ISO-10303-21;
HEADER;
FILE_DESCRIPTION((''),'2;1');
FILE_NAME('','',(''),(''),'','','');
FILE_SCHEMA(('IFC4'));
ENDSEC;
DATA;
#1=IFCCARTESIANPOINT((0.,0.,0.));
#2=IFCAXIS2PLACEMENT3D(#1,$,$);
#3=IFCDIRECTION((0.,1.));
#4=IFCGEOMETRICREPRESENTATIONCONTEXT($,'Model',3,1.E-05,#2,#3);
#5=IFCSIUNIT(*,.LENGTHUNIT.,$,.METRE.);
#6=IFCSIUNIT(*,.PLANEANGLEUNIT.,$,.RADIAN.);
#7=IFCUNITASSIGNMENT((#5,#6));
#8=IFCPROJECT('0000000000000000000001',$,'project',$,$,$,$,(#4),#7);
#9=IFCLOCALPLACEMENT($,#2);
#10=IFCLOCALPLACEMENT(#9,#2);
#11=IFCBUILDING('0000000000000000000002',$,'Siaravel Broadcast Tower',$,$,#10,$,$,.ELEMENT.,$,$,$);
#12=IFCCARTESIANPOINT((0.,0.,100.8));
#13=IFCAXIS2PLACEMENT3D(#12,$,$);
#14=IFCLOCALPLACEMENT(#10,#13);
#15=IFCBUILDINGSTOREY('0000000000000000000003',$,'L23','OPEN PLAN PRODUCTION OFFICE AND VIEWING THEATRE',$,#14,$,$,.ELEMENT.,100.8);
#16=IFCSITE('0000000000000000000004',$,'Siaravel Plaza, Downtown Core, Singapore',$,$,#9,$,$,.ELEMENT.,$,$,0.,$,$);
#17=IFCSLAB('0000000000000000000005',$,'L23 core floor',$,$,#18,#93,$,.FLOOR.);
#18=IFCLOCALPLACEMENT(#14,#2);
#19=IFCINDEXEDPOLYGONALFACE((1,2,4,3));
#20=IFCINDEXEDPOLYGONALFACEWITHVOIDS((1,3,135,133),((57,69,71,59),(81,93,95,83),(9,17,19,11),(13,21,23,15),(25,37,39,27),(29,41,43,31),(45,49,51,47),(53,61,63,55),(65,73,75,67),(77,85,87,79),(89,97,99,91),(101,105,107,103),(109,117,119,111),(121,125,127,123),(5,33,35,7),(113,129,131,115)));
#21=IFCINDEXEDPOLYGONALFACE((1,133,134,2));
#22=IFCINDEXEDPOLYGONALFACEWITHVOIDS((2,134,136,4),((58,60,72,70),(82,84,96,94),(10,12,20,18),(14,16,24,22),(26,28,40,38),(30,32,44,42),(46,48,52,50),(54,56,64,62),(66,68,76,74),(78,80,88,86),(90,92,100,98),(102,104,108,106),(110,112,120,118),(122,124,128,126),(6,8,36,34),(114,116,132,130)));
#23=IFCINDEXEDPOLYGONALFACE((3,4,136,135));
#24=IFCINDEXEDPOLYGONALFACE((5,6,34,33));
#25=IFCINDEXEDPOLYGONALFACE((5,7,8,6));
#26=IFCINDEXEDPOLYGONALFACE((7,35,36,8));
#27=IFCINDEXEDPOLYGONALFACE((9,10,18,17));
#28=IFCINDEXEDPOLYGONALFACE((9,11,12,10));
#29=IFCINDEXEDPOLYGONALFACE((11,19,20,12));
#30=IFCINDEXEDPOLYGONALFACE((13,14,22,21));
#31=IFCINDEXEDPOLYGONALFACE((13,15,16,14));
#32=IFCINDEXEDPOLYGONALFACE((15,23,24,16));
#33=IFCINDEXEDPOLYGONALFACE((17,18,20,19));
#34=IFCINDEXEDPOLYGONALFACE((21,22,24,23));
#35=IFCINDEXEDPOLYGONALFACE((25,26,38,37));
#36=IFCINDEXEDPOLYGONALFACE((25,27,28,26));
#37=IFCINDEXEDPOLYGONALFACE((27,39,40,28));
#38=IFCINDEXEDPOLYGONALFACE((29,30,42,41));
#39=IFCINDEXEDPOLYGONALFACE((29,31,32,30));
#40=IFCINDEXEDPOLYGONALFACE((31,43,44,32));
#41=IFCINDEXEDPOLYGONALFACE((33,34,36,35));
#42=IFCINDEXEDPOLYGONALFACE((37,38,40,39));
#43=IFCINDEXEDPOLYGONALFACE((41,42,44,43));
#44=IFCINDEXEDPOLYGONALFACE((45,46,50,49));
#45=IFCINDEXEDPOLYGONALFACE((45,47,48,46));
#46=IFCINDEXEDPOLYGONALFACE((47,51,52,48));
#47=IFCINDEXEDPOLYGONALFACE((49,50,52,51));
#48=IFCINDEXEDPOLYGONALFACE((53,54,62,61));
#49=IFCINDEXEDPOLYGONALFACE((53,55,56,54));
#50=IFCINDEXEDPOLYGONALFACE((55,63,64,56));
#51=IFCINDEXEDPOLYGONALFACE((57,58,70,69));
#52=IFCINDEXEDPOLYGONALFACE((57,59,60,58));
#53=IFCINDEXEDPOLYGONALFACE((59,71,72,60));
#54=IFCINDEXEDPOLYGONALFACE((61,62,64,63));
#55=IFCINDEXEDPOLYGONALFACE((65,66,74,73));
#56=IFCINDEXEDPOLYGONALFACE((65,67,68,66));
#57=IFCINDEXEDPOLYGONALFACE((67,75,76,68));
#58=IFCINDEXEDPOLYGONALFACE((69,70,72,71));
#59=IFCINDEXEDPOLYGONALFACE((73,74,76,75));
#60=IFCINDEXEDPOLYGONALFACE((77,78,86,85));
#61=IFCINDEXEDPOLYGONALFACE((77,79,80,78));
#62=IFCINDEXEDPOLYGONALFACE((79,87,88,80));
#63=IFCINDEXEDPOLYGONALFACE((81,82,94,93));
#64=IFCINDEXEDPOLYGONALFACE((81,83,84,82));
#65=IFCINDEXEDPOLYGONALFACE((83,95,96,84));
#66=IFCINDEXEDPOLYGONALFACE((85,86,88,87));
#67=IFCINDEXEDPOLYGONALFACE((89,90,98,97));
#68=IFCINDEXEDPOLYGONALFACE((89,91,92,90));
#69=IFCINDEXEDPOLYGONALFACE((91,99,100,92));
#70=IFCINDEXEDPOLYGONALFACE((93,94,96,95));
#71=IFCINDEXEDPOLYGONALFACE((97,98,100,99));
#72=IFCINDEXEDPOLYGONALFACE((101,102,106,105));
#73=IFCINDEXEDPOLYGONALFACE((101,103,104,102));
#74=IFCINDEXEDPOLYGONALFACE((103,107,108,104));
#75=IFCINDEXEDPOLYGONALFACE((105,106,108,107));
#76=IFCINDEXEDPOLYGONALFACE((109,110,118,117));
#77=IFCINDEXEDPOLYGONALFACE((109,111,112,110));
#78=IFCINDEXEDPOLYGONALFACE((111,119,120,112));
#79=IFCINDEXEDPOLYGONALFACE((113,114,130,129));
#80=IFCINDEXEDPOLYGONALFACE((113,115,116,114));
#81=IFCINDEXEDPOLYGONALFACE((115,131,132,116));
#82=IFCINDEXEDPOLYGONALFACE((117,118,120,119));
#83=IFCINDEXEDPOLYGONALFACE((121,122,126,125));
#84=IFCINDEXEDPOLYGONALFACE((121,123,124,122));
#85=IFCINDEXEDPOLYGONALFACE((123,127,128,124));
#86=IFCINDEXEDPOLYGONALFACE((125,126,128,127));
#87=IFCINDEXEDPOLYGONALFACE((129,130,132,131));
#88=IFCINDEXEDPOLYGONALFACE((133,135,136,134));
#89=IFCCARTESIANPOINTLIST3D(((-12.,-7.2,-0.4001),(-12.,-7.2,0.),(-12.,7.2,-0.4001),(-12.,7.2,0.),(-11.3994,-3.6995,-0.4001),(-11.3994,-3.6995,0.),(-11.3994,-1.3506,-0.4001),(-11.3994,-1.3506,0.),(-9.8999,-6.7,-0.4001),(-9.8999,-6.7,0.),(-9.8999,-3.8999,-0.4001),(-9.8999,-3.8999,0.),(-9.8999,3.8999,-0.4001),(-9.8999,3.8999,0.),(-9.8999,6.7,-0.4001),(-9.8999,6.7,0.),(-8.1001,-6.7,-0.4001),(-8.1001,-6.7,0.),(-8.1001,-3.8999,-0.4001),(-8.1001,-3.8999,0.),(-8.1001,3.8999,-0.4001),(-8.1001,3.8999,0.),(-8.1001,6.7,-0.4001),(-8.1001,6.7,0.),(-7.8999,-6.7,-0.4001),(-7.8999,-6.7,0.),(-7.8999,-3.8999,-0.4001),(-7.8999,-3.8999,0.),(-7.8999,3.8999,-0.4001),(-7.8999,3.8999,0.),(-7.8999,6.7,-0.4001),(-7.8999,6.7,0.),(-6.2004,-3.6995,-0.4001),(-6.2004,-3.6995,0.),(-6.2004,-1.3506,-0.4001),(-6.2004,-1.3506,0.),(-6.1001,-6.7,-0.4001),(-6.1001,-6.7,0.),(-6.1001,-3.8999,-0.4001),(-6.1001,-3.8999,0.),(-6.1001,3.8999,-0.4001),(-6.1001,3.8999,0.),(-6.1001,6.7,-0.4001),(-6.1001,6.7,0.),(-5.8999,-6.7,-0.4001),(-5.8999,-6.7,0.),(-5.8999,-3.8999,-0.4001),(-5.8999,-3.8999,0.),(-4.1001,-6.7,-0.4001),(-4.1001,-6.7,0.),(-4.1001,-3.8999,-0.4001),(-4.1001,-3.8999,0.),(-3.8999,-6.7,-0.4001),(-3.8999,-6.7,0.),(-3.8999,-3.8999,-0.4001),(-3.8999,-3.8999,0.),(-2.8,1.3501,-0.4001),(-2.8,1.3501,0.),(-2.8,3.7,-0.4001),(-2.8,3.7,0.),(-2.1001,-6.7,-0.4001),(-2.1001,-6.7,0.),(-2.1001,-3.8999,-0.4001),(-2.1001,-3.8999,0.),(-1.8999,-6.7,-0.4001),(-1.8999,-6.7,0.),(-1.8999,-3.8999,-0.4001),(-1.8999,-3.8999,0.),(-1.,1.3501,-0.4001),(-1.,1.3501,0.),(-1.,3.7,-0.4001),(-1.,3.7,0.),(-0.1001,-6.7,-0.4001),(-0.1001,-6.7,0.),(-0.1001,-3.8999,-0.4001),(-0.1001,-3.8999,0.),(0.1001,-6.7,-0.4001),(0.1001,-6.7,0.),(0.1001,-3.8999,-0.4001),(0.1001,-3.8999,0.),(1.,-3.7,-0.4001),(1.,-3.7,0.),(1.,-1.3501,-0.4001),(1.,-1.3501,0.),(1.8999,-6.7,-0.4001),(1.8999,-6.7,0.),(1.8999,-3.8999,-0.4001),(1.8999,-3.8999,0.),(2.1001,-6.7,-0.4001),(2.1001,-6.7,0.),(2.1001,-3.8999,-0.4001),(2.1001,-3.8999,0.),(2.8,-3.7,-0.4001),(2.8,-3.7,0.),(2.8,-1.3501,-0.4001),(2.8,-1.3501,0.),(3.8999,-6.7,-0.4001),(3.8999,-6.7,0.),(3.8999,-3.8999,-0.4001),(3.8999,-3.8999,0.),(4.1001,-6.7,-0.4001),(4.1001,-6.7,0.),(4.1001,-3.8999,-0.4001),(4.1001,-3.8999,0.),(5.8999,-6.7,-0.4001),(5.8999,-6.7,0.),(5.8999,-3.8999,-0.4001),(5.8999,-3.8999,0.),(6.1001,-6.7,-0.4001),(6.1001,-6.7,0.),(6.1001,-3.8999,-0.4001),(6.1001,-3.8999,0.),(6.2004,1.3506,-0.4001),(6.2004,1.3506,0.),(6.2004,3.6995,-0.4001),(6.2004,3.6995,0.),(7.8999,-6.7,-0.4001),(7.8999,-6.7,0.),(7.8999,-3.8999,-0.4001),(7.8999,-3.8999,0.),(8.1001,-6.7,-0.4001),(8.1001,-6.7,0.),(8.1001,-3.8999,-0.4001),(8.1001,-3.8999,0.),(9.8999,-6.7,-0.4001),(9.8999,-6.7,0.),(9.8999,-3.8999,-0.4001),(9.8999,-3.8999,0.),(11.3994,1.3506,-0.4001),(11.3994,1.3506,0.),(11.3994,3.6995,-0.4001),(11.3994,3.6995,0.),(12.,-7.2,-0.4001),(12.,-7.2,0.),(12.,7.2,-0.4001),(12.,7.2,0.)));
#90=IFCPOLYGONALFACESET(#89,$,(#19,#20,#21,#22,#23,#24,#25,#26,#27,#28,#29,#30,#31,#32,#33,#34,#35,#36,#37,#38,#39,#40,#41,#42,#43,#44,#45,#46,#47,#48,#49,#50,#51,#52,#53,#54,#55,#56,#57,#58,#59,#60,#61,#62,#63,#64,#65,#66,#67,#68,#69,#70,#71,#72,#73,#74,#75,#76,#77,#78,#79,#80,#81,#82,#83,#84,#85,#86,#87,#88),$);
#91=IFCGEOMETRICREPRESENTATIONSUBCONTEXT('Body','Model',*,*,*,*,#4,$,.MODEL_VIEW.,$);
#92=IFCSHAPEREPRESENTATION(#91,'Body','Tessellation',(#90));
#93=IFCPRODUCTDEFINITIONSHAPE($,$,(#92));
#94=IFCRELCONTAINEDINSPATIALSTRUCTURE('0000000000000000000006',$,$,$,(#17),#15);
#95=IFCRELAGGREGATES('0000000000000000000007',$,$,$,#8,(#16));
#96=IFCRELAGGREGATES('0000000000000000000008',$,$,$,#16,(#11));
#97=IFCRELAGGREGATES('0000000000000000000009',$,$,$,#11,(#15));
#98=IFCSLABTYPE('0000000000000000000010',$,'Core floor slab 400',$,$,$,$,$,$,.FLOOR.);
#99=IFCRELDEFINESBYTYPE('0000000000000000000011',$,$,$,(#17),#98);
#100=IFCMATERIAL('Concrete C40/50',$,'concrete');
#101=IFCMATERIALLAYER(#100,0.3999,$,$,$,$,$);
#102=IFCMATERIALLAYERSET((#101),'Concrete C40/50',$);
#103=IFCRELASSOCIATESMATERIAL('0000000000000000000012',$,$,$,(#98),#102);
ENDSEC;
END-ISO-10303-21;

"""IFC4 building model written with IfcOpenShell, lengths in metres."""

from ifc_helpers import new_model, si_unit, direction, frame, origin, place, context, subcontext, project, spatial, polyline, outline, extrude, material, layer, layer_set, type_object, element, save


model = new_model("IFC4")

# Units and contexts
model_context = context("Model", 3, precision=1e-05, world=origin(), true_north=direction((0.0, 1.0)))
body_context = subcontext(model_context, "Body", "Model", "MODEL_VIEW")
ifc_project = project(units=[si_unit("LENGTHUNIT", "METRE"), si_unit("PLANEANGLEUNIT", "RADIAN")], contexts=[model_context])

# Site, building, storey
site_placement = place(None, origin())
site = spatial("IfcSite", under=ifc_project, at=site_placement, Name="Siaravel Plaza, Downtown Core, Singapore", CompositionType="ELEMENT", RefElevation=0.0)
building_placement = place(site_placement, origin())
building = spatial("IfcBuilding", under=site, at=building_placement, Name="Siaravel Broadcast Tower", CompositionType="ELEMENT")
storey_placement = place(building_placement, frame((0.0, 0.0, 100.8)))
storey = spatial("IfcBuildingStorey", under=building, at=storey_placement, Name="L23", Description="OPEN PLAN PRODUCTION OFFICE AND VIEWING THEATRE", CompositionType="ELEMENT", Elevation=100.8)

# Slab
ifc_material_1 = material(Name="Concrete C40/50", Category="concrete")
ifc_layer_1 = layer(ifc_material_1, 0.3999)
ifc_layer_set_1 = layer_set([ifc_layer_1], Name="Concrete C40/50")
slab_type_1 = type_object("IfcSlabType", Name="Core floor slab 400", PredefinedType="FLOOR", material=ifc_layer_set_1)
slab_1_placement = place(storey_placement, frame((0.0, 0.0, -0.4001)))
element("IfcSlab", 1, at=slab_1_placement, inside=storey, type_object=slab_type_1, Name="L23 core floor", PredefinedType="FLOOR", context=body_context, shape_type="SweptSolid", body=[
    extrude(outline(polyline([(-12.0, -7.2), (-12.0, 7.2), (12.0, 7.2), (12.0, -7.2), (-12.0, -7.2)]), holes=[polyline([(11.3994, 1.3506), (11.3994, 3.6995), (6.2004, 3.6995), (6.2004, 1.3506), (11.3994, 1.3506)]), polyline([(9.8999, -3.8999), (8.1001, -3.8999), (8.1001, -6.7), (9.8999, -6.7), (9.8999, -3.8999)]), polyline([(7.8999, -3.8999), (6.1001, -3.8999), (6.1001, -6.7), (7.8999, -6.7), (7.8999, -3.8999)]), polyline([(5.8999, -3.8999), (4.1001, -3.8999), (4.1001, -6.7), (5.8999, -6.7), (5.8999, -3.8999)]), polyline([(3.8999, -3.8999), (2.1001, -3.8999), (2.1001, -6.7), (3.8999, -6.7), (3.8999, -3.8999)]), polyline([(2.8, -1.3501), (1.0, -1.3501), (1.0, -3.7), (2.8, -3.7), (2.8, -1.3501)]), polyline([(1.8999, -3.8999), (0.1001, -3.8999), (0.1001, -6.7), (1.8999, -6.7), (1.8999, -3.8999)]), polyline([(-0.1001, -3.8999), (-1.8999, -3.8999), (-1.8999, -6.7), (-0.1001, -6.7), (-0.1001, -3.8999)]), polyline([(-1.0, 3.7), (-2.8, 3.7), (-2.8, 1.3501), (-1.0, 1.3501), (-1.0, 3.7)]), polyline([(-2.1001, -3.8999), (-3.8999, -3.8999), (-3.8999, -6.7), (-2.1001, -6.7), (-2.1001, -3.8999)]), polyline([(-4.1001, -3.8999), (-5.8999, -3.8999), (-5.8999, -6.7), (-4.1001, -6.7), (-4.1001, -3.8999)]), polyline([(-6.1001, -3.8999), (-7.8999, -3.8999), (-7.8999, -6.7), (-6.1001, -6.7), (-6.1001, -3.8999)]), polyline([(-6.1001, 6.7), (-7.8999, 6.7), (-7.8999, 3.8999), (-6.1001, 3.8999), (-6.1001, 6.7)]), polyline([(-11.3994, -1.3506), (-11.3994, -3.6995), (-6.2004, -3.6995), (-6.2004, -1.3506), (-11.3994, -1.3506)]), polyline([(-8.1001, -3.8999), (-9.8999, -3.8999), (-9.8999, -6.7), (-8.1001, -6.7), (-8.1001, -3.8999)]), polyline([(-8.1001, 6.7), (-9.8999, 6.7), (-9.8999, 3.8999), (-8.1001, 3.8999), (-8.1001, 6.7)])]), origin(), (0.0, 0.0, 1.0), 0.4001),
])

save(model, "model.ifc")
